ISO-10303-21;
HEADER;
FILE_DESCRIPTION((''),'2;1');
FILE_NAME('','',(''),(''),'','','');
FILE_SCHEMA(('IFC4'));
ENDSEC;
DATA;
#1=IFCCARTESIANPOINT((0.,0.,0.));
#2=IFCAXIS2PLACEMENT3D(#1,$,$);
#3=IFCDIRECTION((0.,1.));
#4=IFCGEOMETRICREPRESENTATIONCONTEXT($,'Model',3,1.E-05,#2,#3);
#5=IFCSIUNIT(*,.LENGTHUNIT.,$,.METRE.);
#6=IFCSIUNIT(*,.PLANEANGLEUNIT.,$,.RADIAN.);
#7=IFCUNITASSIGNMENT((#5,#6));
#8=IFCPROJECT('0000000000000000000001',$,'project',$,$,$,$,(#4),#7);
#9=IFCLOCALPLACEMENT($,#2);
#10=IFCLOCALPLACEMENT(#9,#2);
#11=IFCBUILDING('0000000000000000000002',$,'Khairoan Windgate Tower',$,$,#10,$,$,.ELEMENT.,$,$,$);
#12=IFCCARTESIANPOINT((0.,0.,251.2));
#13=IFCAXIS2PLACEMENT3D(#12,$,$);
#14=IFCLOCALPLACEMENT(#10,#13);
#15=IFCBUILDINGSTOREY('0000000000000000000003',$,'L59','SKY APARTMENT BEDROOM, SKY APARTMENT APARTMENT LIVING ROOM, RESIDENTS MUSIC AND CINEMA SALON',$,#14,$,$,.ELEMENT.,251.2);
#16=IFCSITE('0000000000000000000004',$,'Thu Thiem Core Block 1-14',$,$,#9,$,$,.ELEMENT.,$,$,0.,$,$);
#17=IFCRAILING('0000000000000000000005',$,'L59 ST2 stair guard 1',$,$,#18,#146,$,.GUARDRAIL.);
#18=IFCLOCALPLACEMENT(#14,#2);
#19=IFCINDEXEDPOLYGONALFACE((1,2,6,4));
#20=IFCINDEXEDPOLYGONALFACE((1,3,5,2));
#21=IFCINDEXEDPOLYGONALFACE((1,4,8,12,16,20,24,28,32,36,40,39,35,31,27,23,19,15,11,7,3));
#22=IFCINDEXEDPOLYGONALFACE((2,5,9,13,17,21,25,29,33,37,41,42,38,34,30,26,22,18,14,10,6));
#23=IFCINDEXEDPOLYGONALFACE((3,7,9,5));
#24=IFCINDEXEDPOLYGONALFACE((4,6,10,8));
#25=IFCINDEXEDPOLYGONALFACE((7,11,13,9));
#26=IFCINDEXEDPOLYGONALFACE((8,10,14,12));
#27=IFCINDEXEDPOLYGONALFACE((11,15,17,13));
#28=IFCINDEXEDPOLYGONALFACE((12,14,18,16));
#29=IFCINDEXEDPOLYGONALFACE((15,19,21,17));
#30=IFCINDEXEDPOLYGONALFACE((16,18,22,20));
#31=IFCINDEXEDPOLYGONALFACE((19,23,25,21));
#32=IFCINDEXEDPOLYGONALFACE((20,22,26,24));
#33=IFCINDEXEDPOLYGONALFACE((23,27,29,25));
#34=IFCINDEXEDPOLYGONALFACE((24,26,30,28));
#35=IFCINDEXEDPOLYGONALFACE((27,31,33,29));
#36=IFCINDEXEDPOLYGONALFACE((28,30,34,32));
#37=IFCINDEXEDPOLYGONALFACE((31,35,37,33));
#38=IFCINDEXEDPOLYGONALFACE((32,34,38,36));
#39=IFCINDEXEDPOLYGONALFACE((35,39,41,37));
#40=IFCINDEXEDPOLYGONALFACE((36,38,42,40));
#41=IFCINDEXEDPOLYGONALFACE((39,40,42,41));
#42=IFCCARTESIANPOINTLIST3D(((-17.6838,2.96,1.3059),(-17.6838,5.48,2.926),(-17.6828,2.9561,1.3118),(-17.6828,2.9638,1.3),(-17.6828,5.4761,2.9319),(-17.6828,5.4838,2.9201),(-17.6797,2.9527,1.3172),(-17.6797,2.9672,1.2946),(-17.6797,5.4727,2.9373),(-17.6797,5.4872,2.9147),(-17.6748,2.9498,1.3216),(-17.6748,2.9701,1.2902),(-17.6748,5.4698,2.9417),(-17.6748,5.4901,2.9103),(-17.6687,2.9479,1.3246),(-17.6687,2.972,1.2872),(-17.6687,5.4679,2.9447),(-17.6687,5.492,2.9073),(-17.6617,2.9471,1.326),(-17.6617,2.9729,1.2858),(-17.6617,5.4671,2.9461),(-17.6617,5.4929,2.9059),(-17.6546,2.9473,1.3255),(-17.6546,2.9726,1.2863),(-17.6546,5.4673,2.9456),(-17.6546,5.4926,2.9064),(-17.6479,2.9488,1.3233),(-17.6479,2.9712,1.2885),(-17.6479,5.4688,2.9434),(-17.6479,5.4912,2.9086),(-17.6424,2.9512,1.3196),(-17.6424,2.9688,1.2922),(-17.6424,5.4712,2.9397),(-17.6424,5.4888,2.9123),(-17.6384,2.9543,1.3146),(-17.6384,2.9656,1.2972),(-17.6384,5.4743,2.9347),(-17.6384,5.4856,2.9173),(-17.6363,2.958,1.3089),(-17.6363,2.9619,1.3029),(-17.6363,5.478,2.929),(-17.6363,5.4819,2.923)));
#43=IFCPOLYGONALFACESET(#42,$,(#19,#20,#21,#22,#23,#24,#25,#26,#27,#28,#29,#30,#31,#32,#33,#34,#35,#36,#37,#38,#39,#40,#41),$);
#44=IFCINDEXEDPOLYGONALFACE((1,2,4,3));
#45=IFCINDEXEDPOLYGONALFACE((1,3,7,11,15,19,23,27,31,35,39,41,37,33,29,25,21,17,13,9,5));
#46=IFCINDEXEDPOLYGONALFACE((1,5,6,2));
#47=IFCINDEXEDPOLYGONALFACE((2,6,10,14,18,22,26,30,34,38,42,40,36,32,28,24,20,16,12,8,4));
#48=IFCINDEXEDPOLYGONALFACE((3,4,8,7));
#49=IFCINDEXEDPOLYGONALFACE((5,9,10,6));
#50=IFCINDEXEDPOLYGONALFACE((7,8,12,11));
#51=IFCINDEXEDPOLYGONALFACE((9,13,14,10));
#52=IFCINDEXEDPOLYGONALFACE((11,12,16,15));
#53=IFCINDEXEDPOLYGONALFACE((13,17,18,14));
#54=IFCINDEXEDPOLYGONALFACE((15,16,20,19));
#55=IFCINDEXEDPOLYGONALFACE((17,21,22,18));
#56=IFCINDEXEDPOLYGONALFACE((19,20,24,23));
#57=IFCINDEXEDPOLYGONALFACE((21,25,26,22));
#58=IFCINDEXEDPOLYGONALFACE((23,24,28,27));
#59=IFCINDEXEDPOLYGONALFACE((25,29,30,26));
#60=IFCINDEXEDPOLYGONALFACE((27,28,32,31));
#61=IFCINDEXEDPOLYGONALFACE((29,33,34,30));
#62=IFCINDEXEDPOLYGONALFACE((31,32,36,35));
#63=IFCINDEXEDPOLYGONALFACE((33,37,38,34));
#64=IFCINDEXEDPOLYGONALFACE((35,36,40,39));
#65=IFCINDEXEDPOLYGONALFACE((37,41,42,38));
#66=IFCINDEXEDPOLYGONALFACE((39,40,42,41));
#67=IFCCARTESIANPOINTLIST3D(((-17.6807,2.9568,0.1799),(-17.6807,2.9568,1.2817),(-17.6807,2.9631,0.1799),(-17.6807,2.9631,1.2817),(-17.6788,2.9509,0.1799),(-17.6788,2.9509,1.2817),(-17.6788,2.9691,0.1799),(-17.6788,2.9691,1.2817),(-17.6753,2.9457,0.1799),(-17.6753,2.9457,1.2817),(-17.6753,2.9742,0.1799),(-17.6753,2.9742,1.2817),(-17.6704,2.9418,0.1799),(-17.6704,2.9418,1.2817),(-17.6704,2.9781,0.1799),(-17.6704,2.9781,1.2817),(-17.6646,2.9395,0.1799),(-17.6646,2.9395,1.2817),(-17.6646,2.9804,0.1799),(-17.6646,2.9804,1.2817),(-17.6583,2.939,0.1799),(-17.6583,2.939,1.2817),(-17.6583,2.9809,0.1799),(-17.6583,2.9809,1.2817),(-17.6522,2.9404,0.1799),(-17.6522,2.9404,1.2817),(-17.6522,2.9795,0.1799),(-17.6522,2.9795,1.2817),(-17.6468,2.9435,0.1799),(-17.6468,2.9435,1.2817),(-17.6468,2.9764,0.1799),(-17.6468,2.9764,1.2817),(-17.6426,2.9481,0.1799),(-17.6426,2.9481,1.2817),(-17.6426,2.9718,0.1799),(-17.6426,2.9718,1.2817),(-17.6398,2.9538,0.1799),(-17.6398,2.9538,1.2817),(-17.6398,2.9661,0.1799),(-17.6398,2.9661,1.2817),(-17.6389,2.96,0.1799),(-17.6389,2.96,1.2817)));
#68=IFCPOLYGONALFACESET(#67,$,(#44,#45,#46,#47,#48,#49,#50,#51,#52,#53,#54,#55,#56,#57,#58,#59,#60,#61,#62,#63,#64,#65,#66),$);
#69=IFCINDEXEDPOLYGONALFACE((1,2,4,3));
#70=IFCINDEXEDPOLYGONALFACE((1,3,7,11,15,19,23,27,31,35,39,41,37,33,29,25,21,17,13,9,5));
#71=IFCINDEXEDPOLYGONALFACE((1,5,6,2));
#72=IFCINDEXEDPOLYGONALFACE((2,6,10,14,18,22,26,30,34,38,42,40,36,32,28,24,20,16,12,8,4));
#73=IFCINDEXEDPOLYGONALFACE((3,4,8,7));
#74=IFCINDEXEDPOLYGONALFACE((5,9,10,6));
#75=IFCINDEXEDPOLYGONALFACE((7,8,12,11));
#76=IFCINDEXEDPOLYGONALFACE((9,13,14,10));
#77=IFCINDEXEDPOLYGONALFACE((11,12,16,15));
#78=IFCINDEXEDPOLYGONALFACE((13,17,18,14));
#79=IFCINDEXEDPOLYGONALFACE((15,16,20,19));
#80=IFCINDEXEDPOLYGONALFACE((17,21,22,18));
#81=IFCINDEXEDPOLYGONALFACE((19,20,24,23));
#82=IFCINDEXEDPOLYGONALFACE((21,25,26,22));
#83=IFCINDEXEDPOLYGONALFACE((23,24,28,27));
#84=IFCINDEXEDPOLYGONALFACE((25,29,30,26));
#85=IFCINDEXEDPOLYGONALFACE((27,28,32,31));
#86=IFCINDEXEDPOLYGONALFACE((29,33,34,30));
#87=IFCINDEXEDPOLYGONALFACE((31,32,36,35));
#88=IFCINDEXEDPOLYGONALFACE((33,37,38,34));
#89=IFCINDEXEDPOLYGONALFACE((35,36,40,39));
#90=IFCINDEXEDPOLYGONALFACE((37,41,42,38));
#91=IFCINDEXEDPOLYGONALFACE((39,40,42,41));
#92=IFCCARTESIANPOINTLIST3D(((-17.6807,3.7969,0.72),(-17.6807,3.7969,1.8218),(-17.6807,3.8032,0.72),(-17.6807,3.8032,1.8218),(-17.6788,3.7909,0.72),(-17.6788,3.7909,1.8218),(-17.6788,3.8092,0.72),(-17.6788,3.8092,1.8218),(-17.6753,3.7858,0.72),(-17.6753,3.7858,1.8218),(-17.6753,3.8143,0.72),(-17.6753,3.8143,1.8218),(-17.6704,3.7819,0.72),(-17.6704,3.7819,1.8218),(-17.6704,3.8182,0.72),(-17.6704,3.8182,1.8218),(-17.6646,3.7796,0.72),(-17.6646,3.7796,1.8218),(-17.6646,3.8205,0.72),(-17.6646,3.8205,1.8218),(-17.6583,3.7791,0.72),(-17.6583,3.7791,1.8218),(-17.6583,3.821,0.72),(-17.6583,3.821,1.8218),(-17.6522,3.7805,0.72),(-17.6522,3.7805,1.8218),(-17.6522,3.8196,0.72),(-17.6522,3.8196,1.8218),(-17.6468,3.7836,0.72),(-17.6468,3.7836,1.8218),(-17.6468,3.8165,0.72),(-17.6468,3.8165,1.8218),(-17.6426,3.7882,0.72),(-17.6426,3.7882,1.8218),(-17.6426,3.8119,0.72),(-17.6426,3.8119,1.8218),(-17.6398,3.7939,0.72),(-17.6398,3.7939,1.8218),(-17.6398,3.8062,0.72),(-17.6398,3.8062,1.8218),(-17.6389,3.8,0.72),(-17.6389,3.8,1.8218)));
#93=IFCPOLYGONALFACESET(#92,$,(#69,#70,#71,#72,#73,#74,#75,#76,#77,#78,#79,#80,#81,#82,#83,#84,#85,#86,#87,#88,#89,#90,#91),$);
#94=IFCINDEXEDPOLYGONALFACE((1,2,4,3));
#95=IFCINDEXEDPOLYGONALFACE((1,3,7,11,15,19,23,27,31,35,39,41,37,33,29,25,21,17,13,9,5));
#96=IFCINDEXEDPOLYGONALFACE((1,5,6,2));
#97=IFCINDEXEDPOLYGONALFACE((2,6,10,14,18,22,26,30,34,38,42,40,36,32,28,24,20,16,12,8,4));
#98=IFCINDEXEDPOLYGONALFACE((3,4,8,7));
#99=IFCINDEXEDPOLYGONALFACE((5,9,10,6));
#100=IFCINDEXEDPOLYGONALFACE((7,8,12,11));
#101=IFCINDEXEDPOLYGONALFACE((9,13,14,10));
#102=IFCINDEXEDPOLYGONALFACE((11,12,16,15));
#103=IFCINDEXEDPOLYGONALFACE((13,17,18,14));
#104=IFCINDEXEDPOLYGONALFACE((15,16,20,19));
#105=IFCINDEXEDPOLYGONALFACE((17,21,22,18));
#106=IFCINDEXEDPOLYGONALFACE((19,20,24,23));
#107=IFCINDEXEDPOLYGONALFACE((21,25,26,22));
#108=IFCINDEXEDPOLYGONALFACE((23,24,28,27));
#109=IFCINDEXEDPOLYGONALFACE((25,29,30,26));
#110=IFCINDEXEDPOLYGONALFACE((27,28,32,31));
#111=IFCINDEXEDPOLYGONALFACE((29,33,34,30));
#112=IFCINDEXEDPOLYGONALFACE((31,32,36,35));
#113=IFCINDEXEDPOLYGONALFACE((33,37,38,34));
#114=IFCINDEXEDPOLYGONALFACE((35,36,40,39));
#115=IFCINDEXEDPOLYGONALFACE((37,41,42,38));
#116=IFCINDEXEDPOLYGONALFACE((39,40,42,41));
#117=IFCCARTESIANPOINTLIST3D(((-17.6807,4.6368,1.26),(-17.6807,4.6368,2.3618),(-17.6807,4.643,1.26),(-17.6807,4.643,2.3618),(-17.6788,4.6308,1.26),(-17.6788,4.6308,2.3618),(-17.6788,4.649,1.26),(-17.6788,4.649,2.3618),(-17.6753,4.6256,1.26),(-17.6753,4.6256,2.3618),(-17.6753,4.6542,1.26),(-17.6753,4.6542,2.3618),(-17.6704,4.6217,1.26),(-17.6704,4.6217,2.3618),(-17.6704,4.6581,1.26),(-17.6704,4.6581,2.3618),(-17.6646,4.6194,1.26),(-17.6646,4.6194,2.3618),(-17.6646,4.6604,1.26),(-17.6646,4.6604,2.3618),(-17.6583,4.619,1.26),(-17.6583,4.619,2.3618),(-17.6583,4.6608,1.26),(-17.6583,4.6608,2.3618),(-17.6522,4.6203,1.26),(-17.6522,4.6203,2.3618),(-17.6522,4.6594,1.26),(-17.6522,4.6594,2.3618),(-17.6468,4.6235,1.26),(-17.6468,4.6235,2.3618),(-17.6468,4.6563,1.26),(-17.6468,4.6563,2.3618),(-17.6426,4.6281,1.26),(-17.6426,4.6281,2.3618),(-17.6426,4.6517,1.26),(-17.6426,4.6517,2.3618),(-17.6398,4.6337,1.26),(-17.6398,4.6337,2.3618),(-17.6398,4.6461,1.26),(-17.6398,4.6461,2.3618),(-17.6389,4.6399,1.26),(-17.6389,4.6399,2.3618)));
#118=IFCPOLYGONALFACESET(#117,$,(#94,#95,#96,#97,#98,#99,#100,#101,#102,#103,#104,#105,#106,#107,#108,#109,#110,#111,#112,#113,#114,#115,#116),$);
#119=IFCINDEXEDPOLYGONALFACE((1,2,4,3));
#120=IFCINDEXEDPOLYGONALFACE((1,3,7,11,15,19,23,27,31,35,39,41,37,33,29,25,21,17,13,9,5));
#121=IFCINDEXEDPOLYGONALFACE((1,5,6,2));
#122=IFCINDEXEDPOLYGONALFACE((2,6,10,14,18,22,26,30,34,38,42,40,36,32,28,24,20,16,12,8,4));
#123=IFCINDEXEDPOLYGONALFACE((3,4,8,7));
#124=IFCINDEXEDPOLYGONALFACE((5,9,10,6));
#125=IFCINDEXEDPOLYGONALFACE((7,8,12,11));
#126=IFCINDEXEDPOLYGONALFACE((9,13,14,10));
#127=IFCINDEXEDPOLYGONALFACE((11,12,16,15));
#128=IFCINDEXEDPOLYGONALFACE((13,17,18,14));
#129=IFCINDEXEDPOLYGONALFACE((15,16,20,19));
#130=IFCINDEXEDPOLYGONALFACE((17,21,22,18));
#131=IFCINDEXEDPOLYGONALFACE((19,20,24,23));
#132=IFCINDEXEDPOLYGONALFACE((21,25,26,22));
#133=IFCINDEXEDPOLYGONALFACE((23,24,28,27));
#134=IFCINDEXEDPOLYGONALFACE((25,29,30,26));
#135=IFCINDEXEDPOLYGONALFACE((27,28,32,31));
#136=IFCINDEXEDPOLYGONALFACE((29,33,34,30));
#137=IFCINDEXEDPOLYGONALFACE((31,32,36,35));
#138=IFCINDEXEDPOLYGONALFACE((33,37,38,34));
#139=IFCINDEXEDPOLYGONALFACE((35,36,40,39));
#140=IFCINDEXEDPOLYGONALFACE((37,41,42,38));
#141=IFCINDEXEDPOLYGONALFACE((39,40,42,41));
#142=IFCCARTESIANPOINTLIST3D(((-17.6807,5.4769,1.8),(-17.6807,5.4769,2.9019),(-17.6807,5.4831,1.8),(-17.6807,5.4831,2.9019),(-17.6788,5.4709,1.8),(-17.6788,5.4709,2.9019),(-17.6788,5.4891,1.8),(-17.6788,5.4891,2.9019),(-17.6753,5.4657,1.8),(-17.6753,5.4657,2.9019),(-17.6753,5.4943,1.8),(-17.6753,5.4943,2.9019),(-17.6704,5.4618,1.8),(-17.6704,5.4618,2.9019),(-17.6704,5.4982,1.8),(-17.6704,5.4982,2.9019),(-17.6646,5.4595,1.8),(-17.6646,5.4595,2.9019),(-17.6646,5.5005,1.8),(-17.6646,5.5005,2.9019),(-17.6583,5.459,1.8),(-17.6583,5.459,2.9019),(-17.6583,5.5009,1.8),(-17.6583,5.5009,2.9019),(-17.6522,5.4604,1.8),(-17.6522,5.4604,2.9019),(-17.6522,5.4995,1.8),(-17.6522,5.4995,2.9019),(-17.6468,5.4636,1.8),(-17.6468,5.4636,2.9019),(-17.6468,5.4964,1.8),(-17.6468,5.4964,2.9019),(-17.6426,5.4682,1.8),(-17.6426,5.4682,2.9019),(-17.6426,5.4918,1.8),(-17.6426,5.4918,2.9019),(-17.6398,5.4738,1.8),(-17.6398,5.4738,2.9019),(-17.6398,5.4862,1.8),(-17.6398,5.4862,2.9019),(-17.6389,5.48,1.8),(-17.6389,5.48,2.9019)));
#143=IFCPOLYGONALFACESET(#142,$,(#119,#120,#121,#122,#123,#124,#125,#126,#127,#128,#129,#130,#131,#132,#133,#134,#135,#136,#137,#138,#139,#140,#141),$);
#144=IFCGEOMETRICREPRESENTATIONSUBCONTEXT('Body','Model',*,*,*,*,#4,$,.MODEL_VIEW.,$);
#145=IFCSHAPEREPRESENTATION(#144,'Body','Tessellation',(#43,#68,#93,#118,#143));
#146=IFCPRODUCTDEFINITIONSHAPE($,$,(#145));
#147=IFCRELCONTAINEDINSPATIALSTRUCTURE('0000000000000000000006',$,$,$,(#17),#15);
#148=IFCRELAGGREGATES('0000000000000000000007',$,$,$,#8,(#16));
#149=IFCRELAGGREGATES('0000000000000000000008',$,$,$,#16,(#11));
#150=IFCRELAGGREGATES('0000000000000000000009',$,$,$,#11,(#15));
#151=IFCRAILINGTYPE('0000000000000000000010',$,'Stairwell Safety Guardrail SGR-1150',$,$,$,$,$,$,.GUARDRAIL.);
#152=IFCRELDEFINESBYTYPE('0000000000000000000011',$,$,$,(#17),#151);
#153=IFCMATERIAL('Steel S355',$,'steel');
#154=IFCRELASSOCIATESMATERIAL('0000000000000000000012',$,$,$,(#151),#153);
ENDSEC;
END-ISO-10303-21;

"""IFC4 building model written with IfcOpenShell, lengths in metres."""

from ifc_helpers import new_model, si_unit, direction, frame, origin, origin_2d, place, context, subcontext, project, spatial, circle, extrude, material, type_object, element, save


model = new_model("IFC4")

# Units and contexts
model_context = context("Model", 3, precision=1e-05, world=origin(), true_north=direction((0.0, 1.0)))
body_context = subcontext(model_context, "Body", "Model", "MODEL_VIEW")
ifc_project = project(units=[si_unit("LENGTHUNIT", "METRE"), si_unit("PLANEANGLEUNIT", "RADIAN")], contexts=[model_context])

# Site, building, storey
site_placement = place(None, origin())
site = spatial("IfcSite", under=ifc_project, at=site_placement, Name="Thu Thiem Core Block 1-14", CompositionType="ELEMENT", RefElevation=0.0)
building_placement = place(site_placement, origin())
building = spatial("IfcBuilding", under=site, at=building_placement, Name="Khairoan Windgate Tower", CompositionType="ELEMENT")
storey_placement = place(building_placement, frame((0.0, 0.0, 251.2)))
storey = spatial("IfcBuildingStorey", under=building, at=storey_placement, Name="L59", Description="SKY APARTMENT BEDROOM, SKY APARTMENT APARTMENT LIVING ROOM, RESIDENTS MUSIC AND CINEMA SALON", CompositionType="ELEMENT", Elevation=251.2)

# Railing
ifc_material_1 = material(Name="Steel S355", Category="steel")
railing_type_1 = type_object("IfcRailingType", Name="Stairwell Safety Guardrail SGR-1150", PredefinedType="GUARDRAIL", material=ifc_material_1)
railing_1_placement = place(storey_placement, frame((-17.6599, 2.96, 0.1799)))
element("IfcRailing", 1, at=railing_1_placement, inside=storey, type_object=railing_type_1, Name="L59 ST2 stair guard 1", PredefinedType="GUARDRAIL", context=body_context, shape_type="SweptSolid", body=[
    extrude(circle(Radius=0.0239, at=origin_2d()), frame((0.0, 0.0, 1.126), z_axis=(0.0, 0.841163, 0.540782), x_axis=(-1.0, 0.0, 0.0)), (0.0, 0.0, 1.0), 2.9958),
    extrude(circle(Radius=0.021, at=origin_2d()), origin(), (0.0, 0.0, 1.0), 1.1018),
    extrude(circle(Radius=0.021, at=origin_2d()), frame((0.0, 0.8401, 0.54)), (0.0, 0.0, 1.0), 1.1018),
    extrude(circle(Radius=0.021, at=origin_2d()), frame((0.0, 1.6799, 1.0801)), (0.0, 0.0, 1.0), 1.1018),
    extrude(circle(Radius=0.021, at=origin_2d()), frame((0.0, 2.52, 1.6201)), (0.0, 0.0, 1.0), 1.1018),
])

save(model, "model.ifc")
